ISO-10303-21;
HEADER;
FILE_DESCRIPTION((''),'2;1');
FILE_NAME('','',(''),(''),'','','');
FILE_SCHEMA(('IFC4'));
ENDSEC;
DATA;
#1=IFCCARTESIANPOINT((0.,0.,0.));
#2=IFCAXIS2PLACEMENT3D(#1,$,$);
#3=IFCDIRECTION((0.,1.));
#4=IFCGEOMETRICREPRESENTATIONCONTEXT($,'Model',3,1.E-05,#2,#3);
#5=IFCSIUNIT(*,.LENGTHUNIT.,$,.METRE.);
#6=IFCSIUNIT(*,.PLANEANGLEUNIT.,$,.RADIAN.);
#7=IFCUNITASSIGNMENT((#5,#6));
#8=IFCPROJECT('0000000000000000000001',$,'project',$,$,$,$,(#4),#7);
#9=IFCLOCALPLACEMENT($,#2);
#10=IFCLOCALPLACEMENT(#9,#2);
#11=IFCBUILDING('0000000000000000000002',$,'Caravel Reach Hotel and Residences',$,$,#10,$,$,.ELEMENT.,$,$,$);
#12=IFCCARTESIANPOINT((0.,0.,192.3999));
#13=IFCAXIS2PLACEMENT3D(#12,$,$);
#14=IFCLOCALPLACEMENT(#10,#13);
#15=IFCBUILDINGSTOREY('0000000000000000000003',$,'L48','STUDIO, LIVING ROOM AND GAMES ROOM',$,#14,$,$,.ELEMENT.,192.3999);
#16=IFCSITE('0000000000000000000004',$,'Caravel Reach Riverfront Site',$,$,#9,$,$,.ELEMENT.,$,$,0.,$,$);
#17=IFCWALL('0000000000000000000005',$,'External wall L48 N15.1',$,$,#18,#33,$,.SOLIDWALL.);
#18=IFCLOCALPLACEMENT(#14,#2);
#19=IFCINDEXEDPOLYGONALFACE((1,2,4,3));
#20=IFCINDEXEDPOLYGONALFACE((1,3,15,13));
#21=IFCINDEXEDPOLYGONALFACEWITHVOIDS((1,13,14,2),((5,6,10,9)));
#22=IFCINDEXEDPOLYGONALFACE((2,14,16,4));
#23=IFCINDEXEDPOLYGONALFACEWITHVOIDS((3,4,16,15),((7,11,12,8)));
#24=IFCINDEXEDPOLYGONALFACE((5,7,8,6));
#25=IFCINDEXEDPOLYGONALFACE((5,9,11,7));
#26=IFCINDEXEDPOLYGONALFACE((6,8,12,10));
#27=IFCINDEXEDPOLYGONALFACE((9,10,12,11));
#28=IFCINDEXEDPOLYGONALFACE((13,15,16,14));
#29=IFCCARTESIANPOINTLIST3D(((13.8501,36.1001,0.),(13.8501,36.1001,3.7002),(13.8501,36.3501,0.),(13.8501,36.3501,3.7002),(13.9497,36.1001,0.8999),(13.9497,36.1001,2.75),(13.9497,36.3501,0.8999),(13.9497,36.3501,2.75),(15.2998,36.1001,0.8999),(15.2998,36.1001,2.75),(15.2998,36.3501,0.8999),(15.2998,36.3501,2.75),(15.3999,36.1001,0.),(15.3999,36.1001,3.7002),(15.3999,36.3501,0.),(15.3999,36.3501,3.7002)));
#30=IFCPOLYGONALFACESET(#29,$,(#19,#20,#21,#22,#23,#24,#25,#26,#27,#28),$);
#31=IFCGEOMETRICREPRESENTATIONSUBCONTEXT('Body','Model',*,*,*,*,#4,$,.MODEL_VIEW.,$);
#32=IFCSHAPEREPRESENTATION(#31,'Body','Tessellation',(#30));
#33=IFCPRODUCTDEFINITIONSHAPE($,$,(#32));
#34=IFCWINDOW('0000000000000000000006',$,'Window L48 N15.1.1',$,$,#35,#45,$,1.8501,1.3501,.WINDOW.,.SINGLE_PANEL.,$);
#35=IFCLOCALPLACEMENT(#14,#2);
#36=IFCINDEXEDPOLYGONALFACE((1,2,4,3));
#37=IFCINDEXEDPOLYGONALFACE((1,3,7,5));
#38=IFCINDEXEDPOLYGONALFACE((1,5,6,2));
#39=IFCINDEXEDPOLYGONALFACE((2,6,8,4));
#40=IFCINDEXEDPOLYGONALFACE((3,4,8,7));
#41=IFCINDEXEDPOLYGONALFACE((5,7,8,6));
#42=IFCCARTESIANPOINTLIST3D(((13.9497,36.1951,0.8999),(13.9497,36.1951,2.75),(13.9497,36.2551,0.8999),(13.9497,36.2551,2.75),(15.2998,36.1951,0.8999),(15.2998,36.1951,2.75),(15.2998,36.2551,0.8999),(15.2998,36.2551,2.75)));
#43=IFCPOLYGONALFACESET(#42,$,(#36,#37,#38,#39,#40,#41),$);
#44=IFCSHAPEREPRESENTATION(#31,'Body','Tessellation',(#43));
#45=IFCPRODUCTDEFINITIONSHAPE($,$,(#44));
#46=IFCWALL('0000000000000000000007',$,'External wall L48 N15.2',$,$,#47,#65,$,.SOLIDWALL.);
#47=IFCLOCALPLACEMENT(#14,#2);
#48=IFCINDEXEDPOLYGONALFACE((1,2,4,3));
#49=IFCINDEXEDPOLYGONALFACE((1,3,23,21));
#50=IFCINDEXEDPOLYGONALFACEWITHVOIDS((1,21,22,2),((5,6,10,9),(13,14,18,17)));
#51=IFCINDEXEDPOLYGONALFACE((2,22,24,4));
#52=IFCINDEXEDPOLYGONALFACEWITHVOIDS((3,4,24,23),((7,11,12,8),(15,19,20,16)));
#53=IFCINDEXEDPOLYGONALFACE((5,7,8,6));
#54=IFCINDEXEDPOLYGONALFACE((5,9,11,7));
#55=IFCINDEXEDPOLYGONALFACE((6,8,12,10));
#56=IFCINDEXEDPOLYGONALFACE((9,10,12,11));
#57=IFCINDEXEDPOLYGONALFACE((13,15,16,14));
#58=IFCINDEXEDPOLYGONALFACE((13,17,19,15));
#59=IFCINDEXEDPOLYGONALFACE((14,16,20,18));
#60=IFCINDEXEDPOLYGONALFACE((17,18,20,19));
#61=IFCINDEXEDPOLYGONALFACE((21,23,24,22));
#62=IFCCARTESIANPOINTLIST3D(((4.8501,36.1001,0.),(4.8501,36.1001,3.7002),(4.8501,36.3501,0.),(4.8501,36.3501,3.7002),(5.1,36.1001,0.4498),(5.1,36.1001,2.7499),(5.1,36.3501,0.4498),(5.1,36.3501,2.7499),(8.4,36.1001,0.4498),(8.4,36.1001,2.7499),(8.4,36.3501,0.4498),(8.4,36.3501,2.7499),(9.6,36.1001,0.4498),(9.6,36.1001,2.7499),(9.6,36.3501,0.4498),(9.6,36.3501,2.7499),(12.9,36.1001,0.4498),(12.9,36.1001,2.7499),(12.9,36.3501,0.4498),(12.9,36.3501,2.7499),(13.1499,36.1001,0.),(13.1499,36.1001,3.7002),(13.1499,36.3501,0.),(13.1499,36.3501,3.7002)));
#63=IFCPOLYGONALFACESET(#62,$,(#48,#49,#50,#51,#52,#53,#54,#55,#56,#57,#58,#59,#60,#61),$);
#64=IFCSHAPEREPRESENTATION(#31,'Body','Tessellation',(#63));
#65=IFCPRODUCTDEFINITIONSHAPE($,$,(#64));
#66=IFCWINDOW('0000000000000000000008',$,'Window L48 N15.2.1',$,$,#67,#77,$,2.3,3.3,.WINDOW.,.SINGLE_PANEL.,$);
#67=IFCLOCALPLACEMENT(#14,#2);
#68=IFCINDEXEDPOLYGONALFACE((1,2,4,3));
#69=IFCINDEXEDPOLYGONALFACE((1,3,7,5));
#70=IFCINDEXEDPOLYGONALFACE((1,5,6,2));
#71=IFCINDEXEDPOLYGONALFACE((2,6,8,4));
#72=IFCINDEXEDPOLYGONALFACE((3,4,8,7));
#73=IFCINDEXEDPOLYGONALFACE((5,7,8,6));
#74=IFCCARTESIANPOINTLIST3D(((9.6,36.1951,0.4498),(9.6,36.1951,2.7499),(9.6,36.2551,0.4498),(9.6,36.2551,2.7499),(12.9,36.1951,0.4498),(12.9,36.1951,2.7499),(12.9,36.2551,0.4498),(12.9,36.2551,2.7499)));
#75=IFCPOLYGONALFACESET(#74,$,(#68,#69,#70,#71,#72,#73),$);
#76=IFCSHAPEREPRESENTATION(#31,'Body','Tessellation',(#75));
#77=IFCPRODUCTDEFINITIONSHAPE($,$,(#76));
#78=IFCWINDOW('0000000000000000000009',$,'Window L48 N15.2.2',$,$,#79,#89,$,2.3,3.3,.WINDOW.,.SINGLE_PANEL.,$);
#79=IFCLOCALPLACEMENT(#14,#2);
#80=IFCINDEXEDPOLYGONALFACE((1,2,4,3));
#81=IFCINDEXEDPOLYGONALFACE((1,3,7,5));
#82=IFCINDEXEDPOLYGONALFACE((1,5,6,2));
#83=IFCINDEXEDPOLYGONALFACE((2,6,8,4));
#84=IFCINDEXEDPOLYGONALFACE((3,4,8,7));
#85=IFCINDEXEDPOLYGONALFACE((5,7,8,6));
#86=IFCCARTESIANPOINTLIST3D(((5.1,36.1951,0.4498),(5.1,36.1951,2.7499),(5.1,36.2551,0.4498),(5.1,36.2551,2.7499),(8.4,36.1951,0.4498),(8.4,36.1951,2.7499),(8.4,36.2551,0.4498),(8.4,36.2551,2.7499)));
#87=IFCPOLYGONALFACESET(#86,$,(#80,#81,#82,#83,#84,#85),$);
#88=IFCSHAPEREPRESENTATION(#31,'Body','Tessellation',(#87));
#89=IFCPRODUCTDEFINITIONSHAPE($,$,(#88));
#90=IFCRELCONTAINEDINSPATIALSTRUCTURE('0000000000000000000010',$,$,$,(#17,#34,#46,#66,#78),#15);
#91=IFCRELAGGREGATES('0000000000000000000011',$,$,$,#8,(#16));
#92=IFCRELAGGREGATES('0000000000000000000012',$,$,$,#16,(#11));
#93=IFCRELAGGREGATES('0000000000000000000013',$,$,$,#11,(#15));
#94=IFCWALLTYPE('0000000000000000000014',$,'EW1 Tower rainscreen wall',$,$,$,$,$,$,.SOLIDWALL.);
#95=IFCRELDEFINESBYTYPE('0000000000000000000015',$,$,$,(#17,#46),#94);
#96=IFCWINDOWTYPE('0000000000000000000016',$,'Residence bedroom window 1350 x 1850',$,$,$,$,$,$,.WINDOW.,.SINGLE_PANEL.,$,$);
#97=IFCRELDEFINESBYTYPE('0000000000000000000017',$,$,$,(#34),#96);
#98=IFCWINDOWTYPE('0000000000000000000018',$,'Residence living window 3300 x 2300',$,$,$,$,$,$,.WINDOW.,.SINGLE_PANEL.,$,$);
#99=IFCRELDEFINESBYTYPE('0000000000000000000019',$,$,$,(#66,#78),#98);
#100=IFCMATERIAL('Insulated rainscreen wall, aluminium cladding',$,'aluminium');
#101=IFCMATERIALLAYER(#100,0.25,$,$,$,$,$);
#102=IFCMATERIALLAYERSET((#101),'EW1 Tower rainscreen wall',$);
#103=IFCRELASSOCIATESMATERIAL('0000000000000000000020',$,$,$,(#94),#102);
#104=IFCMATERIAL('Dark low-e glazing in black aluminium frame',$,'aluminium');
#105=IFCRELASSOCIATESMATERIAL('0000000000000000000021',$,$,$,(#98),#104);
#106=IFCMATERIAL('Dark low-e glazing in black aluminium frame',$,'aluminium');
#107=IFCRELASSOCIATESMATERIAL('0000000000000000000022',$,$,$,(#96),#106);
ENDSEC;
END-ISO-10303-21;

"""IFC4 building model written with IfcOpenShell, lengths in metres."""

from ifc_helpers import new_model, si_unit, direction, frame, frame_2d, origin, place, context, subcontext, project, spatial, rectangle, extrude, material, layer, layer_set, type_object, element, fill, save


model = new_model("IFC4")

# Units and contexts
model_context = context("Model", 3, precision=1e-05, world=origin(), true_north=direction((0.0, 1.0)))
body_context = subcontext(model_context, "Body", "Model", "MODEL_VIEW")
ifc_project = project(units=[si_unit("LENGTHUNIT", "METRE"), si_unit("PLANEANGLEUNIT", "RADIAN")], contexts=[model_context])

# Site, building, storey
site_placement = place(None, origin())
site = spatial("IfcSite", under=ifc_project, at=site_placement, Name="Caravel Reach Riverfront Site", CompositionType="ELEMENT", RefElevation=0.0)
building_placement = place(site_placement, origin())
building = spatial("IfcBuilding", under=site, at=building_placement, Name="Caravel Reach Hotel and Residences", CompositionType="ELEMENT")
storey_placement = place(building_placement, frame((0.0, 0.0, 192.3999)))
storey = spatial("IfcBuildingStorey", under=building, at=storey_placement, Name="L48", Description="STUDIO, LIVING ROOM AND GAMES ROOM", CompositionType="ELEMENT", Elevation=192.3999)

# Shared definitions
ifc_material_1 = material(Name="Insulated rainscreen wall, aluminium cladding", Category="aluminium")
ifc_layer_1 = layer(ifc_material_1, 0.25)
ifc_layer_set_1 = layer_set([ifc_layer_1], Name="EW1 Tower rainscreen wall")
wall_type_1 = type_object("IfcWallType", Name="EW1 Tower rainscreen wall", PredefinedType="SOLIDWALL", material=ifc_layer_set_1)
ifc_material_2 = material(Name="Dark low-e glazing in black aluminium frame", Category="aluminium")
window_type_1 = type_object("IfcWindowType", Name="Residence living window 3300 x 2300", PartitioningType="SINGLE_PANEL", PredefinedType="WINDOW", material=ifc_material_2)

# Wall, opening, window
ifc_material_3 = material(Name="Dark low-e glazing in black aluminium frame", Category="aluminium")
window_type_2 = type_object("IfcWindowType", Name="Residence bedroom window 1350 x 1850", PartitioningType="SINGLE_PANEL", PredefinedType="WINDOW", material=ifc_material_3)
wall_1_placement = place(storey_placement, frame((15.3999, 36.2251, 0.0), z_axis=(0.0, 0.0, 1.0), x_axis=(-1.0, 0.0, 0.0)))
wall_1 = element("IfcWall", 1, at=wall_1_placement, inside=storey, type_object=wall_type_1, Name="External wall L48 N15.1", PredefinedType="SOLIDWALL", context=body_context, shape_type="SweptSolid", body=[
    extrude(rectangle(XDim=1.5498, YDim=0.25, at=frame_2d((0.7749, 0.0))), origin(), (0.0, 0.0, 1.0), 3.7002),
])
opening_1_placement = place(wall_1_placement, frame((0.1001, 0.0, 0.8999)))
opening_1 = element("IfcOpeningElement", 2, at=opening_1_placement, cuts=wall_1, PredefinedType="OPENING", context=body_context, shape_type="SweptSolid", body=[
    extrude(rectangle(XDim=1.3501, YDim=1.8501, at=frame_2d((0.675, 0.925))), frame((0.0, 0.135, 0.0), z_axis=(0.0, -1.0, 0.0), x_axis=(1.0, 0.0, 0.0)), (0.0, 0.0, 1.0), 0.27),
])
window_1_placement = place(opening_1_placement, origin())
window_1 = element("IfcWindow", 3, at=window_1_placement, inside=storey, type_object=window_type_2, Name="Window L48 N15.1.1", OverallHeight=1.8501, OverallWidth=1.3501, PartitioningType="SINGLE_PANEL", PredefinedType="WINDOW", context=body_context, shape_type="SweptSolid", body=[
    extrude(rectangle(XDim=1.3501, YDim=1.8501, at=frame_2d((0.675, 0.925))), frame((0.0, 0.03, 0.0), z_axis=(0.0, -1.0, 0.0), x_axis=(1.0, 0.0, 0.0)), (0.0, 0.0, 1.0), 0.0601),
])
fill(opening_1, window_1)

# Wall, openings, windows
wall_2_placement = place(storey_placement, frame((13.1499, 36.2251, 0.0), z_axis=(0.0, 0.0, 1.0), x_axis=(-1.0, 0.0, 0.0)))
wall_2 = element("IfcWall", 4, at=wall_2_placement, inside=storey, type_object=wall_type_1, Name="External wall L48 N15.2", PredefinedType="SOLIDWALL", context=body_context, shape_type="SweptSolid", body=[
    extrude(rectangle(XDim=8.2998, YDim=0.25, at=frame_2d((4.1499, 0.0))), origin(), (0.0, 0.0, 1.0), 3.7002),
])
opening_2_placement = place(wall_2_placement, frame((0.25, 0.0, 0.45)))
opening_2 = element("IfcOpeningElement", 5, at=opening_2_placement, cuts=wall_2, PredefinedType="OPENING", context=body_context, shape_type="SweptSolid", body=[
    extrude(rectangle(XDim=3.3, YDim=2.3, at=frame_2d((1.6499, 1.1499))), frame((0.0, 0.135, 0.0), z_axis=(0.0, -1.0, 0.0), x_axis=(1.0, 0.0, 0.0)), (0.0, 0.0, 1.0), 0.27),
])
opening_3_placement = place(wall_2_placement, frame((4.75, 0.0, 0.45)))
opening_3 = element("IfcOpeningElement", 6, at=opening_3_placement, cuts=wall_2, PredefinedType="OPENING", context=body_context, shape_type="SweptSolid", body=[
    extrude(rectangle(XDim=3.3, YDim=2.3, at=frame_2d((1.6499, 1.1499))), frame((0.0, 0.135, 0.0), z_axis=(0.0, -1.0, 0.0), x_axis=(1.0, 0.0, 0.0)), (0.0, 0.0, 1.0), 0.27),
])
window_2_placement = place(opening_2_placement, origin())
window_2 = element("IfcWindow", 7, at=window_2_placement, inside=storey, type_object=window_type_1, Name="Window L48 N15.2.1", OverallHeight=2.3, OverallWidth=3.3, PartitioningType="SINGLE_PANEL", PredefinedType="WINDOW", context=body_context, shape_type="SweptSolid", body=[
    extrude(rectangle(XDim=3.3, YDim=2.3, at=frame_2d((1.6499, 1.1499))), frame((0.0, 0.03, 0.0), z_axis=(0.0, -1.0, 0.0), x_axis=(1.0, 0.0, 0.0)), (0.0, 0.0, 1.0), 0.0601),
])
fill(opening_2, window_2)
window_3_placement = place(opening_3_placement, origin())
window_3 = element("IfcWindow", 8, at=window_3_placement, inside=storey, type_object=window_type_1, Name="Window L48 N15.2.2", OverallHeight=2.3, OverallWidth=3.3, PartitioningType="SINGLE_PANEL", PredefinedType="WINDOW", context=body_context, shape_type="SweptSolid", body=[
    extrude(rectangle(XDim=3.3, YDim=2.3, at=frame_2d((1.6499, 1.1499))), frame((0.0, 0.03, 0.0), z_axis=(0.0, -1.0, 0.0), x_axis=(1.0, 0.0, 0.0)), (0.0, 0.0, 1.0), 0.0601),
])
fill(opening_3, window_3)

save(model, "model.ifc")
